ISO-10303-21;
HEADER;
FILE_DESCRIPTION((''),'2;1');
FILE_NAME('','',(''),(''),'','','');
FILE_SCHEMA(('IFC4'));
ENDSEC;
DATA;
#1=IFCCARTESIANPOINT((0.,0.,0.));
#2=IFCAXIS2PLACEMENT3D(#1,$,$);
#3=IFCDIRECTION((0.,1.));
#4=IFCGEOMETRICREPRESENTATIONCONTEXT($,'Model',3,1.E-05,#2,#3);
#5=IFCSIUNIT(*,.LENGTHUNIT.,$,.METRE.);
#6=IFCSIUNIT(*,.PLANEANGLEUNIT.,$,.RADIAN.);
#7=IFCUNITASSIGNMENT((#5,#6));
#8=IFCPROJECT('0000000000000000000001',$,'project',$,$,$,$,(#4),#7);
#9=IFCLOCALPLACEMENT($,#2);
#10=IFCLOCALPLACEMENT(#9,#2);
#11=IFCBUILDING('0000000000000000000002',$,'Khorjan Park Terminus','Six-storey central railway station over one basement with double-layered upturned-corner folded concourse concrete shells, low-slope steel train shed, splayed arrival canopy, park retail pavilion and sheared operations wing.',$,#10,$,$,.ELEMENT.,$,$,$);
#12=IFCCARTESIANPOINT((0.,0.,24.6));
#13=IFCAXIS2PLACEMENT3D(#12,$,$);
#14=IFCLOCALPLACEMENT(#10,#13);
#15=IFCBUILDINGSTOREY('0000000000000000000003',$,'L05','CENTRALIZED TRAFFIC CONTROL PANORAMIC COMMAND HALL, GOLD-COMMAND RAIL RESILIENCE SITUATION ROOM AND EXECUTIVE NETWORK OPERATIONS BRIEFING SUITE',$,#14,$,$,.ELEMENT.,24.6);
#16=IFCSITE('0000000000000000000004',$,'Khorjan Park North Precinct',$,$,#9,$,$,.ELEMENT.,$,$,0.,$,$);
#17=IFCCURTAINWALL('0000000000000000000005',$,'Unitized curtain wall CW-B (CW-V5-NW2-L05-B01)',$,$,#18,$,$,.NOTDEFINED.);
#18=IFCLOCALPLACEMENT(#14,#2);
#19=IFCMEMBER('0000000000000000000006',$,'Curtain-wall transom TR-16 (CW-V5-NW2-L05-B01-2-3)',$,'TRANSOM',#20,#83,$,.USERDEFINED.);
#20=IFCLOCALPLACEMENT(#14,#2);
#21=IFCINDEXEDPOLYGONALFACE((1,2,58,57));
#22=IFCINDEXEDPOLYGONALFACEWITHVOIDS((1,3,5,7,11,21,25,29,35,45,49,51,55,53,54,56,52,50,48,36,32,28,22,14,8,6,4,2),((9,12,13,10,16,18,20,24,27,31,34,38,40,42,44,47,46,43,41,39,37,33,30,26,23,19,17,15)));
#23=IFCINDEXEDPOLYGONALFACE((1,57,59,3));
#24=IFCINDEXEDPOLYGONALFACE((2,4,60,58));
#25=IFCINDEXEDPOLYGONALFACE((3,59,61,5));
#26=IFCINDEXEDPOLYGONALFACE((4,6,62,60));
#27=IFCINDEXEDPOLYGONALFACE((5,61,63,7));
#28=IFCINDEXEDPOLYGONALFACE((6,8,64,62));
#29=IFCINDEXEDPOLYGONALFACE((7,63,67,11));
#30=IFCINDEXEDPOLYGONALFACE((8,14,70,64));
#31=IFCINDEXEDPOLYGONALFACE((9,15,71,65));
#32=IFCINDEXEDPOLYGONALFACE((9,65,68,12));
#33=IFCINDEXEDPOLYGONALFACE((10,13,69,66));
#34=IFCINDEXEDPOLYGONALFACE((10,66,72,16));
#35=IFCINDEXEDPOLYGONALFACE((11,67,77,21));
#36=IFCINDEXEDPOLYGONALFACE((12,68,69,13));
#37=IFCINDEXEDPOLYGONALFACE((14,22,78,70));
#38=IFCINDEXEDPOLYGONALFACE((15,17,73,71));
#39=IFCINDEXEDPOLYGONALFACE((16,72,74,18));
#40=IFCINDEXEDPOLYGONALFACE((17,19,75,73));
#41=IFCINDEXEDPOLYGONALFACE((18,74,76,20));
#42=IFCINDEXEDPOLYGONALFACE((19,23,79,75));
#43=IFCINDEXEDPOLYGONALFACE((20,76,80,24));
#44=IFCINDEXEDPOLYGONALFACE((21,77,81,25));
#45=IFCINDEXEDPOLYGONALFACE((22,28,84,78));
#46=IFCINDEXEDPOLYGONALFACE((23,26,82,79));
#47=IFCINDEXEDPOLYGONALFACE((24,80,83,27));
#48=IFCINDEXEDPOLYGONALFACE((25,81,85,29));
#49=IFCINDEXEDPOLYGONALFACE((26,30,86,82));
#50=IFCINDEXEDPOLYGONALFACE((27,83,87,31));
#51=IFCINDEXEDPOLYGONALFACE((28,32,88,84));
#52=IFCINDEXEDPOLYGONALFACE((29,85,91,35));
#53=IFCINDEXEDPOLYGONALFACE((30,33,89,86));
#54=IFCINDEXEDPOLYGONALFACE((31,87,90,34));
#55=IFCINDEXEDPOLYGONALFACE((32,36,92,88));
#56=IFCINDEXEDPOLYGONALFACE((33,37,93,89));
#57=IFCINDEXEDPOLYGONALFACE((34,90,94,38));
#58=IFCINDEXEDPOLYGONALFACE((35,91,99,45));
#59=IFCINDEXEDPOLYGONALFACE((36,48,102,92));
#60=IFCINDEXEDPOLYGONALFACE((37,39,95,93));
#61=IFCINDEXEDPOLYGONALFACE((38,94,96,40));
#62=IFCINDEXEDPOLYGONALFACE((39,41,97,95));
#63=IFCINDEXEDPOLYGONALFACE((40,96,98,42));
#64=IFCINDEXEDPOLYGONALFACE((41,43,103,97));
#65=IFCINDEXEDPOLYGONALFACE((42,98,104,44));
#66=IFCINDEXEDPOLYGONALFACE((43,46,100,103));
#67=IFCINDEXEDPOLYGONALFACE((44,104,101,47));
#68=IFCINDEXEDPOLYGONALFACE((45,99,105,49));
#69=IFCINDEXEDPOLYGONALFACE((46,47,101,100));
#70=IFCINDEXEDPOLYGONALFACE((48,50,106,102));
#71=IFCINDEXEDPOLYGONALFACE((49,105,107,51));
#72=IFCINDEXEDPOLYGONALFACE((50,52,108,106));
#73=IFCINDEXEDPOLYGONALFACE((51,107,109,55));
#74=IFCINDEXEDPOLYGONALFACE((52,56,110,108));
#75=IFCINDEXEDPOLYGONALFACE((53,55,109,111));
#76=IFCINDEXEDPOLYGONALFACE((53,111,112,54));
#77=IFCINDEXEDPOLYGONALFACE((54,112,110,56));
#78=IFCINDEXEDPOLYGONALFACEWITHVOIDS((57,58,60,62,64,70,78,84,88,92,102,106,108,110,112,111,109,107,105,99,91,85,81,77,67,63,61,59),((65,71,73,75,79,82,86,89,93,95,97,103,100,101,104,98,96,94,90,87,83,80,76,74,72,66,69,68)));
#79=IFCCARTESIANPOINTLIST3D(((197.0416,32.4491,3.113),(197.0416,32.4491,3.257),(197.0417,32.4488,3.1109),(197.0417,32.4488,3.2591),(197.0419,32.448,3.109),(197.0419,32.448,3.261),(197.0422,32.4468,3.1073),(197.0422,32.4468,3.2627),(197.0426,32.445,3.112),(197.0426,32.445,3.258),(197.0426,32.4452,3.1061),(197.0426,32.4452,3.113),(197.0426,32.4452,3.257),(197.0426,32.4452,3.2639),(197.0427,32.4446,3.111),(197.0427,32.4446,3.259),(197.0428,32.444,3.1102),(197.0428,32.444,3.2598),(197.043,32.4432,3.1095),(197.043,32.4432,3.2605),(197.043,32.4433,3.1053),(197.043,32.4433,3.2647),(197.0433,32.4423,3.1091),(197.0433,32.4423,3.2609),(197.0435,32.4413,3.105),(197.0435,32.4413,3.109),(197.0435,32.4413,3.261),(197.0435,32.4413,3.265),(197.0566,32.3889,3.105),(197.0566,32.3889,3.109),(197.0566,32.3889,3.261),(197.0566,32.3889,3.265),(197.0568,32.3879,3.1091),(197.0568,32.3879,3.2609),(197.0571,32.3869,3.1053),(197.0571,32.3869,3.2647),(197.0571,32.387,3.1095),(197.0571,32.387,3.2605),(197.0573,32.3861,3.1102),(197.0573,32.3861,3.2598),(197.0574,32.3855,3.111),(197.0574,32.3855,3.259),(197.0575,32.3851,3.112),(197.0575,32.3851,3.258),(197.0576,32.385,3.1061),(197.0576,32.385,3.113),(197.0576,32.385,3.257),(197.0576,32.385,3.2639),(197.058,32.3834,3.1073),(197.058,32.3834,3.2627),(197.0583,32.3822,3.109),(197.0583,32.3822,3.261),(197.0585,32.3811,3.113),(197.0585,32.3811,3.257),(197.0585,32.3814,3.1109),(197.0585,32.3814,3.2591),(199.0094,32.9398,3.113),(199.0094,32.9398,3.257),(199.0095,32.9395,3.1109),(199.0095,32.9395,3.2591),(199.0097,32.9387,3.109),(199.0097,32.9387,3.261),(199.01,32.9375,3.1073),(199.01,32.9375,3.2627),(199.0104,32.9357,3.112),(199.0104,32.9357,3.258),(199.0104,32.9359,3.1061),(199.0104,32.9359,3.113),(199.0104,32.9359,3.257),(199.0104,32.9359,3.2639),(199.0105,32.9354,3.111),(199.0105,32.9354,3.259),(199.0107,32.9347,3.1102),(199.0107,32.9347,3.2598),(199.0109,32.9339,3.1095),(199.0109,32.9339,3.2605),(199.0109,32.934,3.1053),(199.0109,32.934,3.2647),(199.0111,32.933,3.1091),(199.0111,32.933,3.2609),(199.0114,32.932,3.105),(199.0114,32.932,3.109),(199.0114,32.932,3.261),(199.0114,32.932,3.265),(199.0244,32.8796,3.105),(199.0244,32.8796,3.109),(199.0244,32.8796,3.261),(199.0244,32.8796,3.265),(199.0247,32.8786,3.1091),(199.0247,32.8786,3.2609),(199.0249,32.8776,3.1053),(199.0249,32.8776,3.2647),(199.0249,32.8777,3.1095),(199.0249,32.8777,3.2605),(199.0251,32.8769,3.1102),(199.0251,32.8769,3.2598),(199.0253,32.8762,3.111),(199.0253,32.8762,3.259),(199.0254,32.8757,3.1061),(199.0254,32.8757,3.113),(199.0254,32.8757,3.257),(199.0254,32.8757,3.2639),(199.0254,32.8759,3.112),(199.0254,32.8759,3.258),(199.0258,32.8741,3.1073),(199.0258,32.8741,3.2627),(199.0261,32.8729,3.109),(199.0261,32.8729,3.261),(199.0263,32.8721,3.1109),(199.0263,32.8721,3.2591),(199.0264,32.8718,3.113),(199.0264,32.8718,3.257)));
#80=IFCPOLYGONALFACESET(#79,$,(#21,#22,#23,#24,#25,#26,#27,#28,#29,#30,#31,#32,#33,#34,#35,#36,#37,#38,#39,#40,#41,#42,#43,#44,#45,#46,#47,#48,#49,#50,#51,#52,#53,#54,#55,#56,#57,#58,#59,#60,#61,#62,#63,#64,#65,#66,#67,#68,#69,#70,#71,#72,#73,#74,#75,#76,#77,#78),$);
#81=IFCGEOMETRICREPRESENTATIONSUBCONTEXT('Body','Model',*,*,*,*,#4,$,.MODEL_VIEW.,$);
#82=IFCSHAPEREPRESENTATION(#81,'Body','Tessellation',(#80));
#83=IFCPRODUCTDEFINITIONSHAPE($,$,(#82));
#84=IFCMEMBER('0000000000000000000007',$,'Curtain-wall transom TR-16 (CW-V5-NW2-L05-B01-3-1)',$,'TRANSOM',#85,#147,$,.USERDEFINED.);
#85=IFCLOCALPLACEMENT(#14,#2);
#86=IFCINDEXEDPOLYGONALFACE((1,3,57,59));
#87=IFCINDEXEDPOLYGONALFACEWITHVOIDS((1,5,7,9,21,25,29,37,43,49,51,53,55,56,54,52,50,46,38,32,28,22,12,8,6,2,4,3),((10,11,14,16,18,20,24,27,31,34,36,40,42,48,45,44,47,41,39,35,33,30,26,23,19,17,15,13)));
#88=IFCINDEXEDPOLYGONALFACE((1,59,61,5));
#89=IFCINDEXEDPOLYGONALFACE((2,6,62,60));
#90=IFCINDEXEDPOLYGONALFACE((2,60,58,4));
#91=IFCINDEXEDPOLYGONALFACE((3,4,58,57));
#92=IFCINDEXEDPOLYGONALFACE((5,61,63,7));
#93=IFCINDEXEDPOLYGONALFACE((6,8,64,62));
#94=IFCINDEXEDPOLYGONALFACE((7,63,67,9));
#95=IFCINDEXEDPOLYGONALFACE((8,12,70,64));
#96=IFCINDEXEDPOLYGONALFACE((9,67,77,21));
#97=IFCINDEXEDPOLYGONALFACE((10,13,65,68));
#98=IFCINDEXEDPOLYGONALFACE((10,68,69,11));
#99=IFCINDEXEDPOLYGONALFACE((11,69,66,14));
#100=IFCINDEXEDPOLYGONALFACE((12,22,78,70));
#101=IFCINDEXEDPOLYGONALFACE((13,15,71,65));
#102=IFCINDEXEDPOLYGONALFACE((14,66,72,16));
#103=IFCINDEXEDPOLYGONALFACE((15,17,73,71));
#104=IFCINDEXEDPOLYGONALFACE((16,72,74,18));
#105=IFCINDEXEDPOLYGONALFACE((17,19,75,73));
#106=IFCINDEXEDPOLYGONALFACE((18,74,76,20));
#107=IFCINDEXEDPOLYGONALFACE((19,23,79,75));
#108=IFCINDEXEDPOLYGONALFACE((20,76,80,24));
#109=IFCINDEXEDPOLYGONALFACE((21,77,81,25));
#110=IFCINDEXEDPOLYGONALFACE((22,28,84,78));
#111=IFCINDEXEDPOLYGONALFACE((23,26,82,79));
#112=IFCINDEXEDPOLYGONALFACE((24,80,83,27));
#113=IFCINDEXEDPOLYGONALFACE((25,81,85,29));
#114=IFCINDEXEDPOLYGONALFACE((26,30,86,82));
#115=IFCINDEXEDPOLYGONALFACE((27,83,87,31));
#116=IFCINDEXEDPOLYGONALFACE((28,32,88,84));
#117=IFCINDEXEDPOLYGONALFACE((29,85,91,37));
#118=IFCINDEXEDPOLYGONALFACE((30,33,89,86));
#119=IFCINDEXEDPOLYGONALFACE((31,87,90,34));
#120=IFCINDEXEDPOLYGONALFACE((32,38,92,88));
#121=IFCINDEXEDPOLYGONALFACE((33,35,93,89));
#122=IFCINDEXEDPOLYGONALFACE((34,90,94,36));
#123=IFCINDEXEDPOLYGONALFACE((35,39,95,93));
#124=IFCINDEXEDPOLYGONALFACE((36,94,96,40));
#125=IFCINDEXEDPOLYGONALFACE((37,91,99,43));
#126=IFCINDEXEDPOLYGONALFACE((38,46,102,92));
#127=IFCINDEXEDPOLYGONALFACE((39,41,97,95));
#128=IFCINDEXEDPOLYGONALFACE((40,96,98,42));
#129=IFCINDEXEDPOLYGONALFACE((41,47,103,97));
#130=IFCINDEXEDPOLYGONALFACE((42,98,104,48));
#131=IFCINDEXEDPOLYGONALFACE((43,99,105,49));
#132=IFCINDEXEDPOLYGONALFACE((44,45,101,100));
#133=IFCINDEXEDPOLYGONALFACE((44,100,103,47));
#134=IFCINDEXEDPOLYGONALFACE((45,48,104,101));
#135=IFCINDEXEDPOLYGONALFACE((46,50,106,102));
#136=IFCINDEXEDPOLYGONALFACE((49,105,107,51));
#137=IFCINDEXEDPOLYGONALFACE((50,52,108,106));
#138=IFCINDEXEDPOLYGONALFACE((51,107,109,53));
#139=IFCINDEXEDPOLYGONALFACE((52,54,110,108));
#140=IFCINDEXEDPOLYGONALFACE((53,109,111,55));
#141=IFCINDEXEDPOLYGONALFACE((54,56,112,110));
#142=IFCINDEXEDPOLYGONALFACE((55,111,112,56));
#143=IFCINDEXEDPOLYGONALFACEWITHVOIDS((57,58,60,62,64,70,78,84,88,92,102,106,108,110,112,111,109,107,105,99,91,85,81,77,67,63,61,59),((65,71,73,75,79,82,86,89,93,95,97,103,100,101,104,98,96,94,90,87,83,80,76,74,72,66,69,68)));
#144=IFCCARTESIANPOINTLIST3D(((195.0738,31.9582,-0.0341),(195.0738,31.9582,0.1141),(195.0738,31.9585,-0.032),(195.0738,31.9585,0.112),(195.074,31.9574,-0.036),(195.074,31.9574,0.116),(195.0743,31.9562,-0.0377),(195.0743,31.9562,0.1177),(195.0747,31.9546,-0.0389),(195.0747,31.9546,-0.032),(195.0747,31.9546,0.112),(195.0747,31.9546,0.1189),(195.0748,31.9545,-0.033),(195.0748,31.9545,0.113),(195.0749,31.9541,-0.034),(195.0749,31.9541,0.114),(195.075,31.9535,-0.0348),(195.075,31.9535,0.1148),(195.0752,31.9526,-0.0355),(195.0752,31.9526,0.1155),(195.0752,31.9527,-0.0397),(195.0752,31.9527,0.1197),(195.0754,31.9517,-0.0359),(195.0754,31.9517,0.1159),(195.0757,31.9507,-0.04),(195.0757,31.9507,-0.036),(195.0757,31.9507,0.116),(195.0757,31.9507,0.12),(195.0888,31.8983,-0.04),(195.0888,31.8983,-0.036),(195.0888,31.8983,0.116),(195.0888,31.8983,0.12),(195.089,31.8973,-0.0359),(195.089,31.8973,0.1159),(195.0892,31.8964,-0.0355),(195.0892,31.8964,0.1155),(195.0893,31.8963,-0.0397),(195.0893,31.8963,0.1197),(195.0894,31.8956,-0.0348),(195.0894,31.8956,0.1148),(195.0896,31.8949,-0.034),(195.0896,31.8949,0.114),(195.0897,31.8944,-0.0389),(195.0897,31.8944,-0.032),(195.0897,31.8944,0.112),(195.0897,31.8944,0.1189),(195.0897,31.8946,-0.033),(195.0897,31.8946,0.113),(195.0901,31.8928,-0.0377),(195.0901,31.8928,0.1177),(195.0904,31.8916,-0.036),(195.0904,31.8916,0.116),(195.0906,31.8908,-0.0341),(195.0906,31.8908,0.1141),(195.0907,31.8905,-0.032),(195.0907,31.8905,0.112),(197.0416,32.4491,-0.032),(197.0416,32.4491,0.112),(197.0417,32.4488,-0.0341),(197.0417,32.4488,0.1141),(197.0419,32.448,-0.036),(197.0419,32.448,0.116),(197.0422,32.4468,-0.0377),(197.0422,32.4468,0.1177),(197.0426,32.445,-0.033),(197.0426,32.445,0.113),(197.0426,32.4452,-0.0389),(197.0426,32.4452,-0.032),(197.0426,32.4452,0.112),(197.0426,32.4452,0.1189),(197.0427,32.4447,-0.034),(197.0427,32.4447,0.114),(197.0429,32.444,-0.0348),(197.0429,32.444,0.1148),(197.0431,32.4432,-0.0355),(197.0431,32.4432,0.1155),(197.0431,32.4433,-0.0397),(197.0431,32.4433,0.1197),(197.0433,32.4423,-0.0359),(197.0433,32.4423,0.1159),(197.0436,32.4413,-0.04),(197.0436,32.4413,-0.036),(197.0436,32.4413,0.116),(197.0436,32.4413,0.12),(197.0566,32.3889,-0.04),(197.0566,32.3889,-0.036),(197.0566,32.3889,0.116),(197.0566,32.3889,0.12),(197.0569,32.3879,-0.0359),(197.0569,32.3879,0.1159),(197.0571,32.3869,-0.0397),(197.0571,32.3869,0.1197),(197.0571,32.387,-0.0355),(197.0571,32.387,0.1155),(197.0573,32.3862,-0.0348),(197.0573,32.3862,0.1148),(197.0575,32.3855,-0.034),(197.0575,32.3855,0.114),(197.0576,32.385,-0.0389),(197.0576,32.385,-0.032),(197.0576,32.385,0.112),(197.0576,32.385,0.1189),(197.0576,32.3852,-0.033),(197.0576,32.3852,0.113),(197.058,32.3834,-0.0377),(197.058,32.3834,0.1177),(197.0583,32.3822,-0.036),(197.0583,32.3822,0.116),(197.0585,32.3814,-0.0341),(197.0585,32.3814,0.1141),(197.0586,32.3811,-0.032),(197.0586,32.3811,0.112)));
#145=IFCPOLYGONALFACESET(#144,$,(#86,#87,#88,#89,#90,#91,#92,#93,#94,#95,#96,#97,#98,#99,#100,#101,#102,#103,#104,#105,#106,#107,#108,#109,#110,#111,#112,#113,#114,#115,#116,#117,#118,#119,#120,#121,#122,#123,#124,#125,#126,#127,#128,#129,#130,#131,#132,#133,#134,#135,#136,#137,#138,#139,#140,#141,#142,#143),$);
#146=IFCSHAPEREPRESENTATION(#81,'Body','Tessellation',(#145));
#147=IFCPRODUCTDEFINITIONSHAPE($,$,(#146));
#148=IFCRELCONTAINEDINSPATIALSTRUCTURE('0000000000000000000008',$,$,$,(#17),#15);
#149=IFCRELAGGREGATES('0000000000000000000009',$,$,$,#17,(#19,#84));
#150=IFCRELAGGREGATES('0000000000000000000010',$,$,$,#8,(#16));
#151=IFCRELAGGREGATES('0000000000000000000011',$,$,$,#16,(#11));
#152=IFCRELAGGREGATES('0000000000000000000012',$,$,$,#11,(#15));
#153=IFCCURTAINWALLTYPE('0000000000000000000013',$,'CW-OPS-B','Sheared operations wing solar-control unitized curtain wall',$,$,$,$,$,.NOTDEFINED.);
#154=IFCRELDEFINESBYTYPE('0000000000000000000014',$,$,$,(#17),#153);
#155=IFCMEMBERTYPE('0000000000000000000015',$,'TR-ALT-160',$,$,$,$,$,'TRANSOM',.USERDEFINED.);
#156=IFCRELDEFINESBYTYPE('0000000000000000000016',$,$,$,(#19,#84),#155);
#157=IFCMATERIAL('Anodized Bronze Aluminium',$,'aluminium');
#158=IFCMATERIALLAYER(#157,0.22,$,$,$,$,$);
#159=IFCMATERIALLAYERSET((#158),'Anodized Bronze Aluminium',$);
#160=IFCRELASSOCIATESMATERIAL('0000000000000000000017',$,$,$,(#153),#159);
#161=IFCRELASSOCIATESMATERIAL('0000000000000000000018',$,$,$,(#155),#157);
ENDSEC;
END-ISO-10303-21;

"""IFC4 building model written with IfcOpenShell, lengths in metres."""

from ifc_helpers import new_model, si_unit, direction, frame, origin, origin_2d, place, context, subcontext, project, spatial, hollow_rectangle, extrude, material, layer, layer_set, material_profile, profile_set, type_object, element, aggregate, save


model = new_model("IFC4")

# Units and contexts
model_context = context("Model", 3, precision=1e-05, world=origin(), true_north=direction((0.0, 1.0)))
body_context = subcontext(model_context, "Body", "Model", "MODEL_VIEW")
ifc_project = project(units=[si_unit("LENGTHUNIT", "METRE"), si_unit("PLANEANGLEUNIT", "RADIAN")], contexts=[model_context])

# Site, building, storey
site_placement = place(None, origin())
site = spatial("IfcSite", under=ifc_project, at=site_placement, Name="Khorjan Park North Precinct", CompositionType="ELEMENT", RefElevation=0.0)
building_placement = place(site_placement, origin())
building = spatial("IfcBuilding", under=site, at=building_placement, Name="Khorjan Park Terminus", Description="Six-storey central railway station over one basement with double-layered upturned-corner folded concourse concrete shells, low-slope steel train shed, splayed arrival canopy, park retail pavilion and sheared operations wing.", CompositionType="ELEMENT")
storey_placement = place(building_placement, frame((0.0, 0.0, 24.6)))
storey = spatial("IfcBuildingStorey", under=building, at=storey_placement, Name="L05", Description="CENTRALIZED TRAFFIC CONTROL PANORAMIC COMMAND HALL, GOLD-COMMAND RAIL RESILIENCE SITUATION ROOM AND EXECUTIVE NETWORK OPERATIONS BRIEFING SUITE", CompositionType="ELEMENT", Elevation=24.6)

# Curtain wall, members
ifc_material_1 = material(Name="Anodized Bronze Aluminium", Category="aluminium")
ifc_layer_1 = layer(ifc_material_1, 0.22)
ifc_layer_set_1 = layer_set([ifc_layer_1], Name="Anodized Bronze Aluminium")
curtain_wall_type = type_object("IfcCurtainWallType", Name="CW-OPS-B", Description="Sheared operations wing solar-control unitized curtain wall", PredefinedType="NOTDEFINED", material=ifc_layer_set_1)
curtain_wall_placement = place(storey_placement, origin())
curtain_wall = element("IfcCurtainWall", 1, at=curtain_wall_placement, inside=storey, type_object=curtain_wall_type, Name="Unitized curtain wall CW-B (CW-V5-NW2-L05-B01)", PredefinedType="NOTDEFINED")
ifc_material_profile_1 = material_profile(ifc_material_1, hollow_rectangle(XDim=0.07, YDim=0.16, WallThickness=0.004, InnerFilletRadius=0.004, OuterFilletRadius=0.008, at=origin_2d()), Name="ALT 70x160x4")
ifc_profile_set_1 = profile_set([ifc_material_profile_1], Name="Anodized Bronze Aluminium")
member_type_1 = type_object("IfcMemberType", Name="TR-ALT-160", ElementType="TRANSOM", PredefinedType="USERDEFINED", material=ifc_profile_set_1)
member_1_placement = place(storey_placement, frame((199.0179, 32.9058, 3.185), z_axis=(-0.970287, -0.241955, 0.0), x_axis=(0.241955, -0.970287, 0.0)))
member_1 = element("IfcMember", 2, at=member_1_placement, type_object=member_type_1, Name="Curtain-wall transom TR-16 (CW-V5-NW2-L05-B01-2-3)", ObjectType="TRANSOM", PredefinedType="USERDEFINED", context=body_context, shape_type="SweptSolid", body=[
    extrude(hollow_rectangle(XDim=0.07, YDim=0.16, WallThickness=0.004, InnerFilletRadius=0.004, OuterFilletRadius=0.008, at=origin_2d()), origin(), (0.0, 0.0, 1.0), 2.0281),
])
member_2_placement = place(storey_placement, frame((197.0501, 32.4151, 0.04), z_axis=(-0.970302, -0.241897, 0.0), x_axis=(0.241897, -0.970302, 0.0)))
member_2 = element("IfcMember", 3, at=member_2_placement, type_object=member_type_1, Name="Curtain-wall transom TR-16 (CW-V5-NW2-L05-B01-3-1)", ObjectType="TRANSOM", PredefinedType="USERDEFINED", context=body_context, shape_type="SweptSolid", body=[
    extrude(hollow_rectangle(XDim=0.07, YDim=0.16, WallThickness=0.004, InnerFilletRadius=0.004, OuterFilletRadius=0.008, at=origin_2d()), origin(), (0.0, 0.0, 1.0), 2.0281),
])
aggregate(curtain_wall, [member_1, member_2])

save(model, "model.ifc")
